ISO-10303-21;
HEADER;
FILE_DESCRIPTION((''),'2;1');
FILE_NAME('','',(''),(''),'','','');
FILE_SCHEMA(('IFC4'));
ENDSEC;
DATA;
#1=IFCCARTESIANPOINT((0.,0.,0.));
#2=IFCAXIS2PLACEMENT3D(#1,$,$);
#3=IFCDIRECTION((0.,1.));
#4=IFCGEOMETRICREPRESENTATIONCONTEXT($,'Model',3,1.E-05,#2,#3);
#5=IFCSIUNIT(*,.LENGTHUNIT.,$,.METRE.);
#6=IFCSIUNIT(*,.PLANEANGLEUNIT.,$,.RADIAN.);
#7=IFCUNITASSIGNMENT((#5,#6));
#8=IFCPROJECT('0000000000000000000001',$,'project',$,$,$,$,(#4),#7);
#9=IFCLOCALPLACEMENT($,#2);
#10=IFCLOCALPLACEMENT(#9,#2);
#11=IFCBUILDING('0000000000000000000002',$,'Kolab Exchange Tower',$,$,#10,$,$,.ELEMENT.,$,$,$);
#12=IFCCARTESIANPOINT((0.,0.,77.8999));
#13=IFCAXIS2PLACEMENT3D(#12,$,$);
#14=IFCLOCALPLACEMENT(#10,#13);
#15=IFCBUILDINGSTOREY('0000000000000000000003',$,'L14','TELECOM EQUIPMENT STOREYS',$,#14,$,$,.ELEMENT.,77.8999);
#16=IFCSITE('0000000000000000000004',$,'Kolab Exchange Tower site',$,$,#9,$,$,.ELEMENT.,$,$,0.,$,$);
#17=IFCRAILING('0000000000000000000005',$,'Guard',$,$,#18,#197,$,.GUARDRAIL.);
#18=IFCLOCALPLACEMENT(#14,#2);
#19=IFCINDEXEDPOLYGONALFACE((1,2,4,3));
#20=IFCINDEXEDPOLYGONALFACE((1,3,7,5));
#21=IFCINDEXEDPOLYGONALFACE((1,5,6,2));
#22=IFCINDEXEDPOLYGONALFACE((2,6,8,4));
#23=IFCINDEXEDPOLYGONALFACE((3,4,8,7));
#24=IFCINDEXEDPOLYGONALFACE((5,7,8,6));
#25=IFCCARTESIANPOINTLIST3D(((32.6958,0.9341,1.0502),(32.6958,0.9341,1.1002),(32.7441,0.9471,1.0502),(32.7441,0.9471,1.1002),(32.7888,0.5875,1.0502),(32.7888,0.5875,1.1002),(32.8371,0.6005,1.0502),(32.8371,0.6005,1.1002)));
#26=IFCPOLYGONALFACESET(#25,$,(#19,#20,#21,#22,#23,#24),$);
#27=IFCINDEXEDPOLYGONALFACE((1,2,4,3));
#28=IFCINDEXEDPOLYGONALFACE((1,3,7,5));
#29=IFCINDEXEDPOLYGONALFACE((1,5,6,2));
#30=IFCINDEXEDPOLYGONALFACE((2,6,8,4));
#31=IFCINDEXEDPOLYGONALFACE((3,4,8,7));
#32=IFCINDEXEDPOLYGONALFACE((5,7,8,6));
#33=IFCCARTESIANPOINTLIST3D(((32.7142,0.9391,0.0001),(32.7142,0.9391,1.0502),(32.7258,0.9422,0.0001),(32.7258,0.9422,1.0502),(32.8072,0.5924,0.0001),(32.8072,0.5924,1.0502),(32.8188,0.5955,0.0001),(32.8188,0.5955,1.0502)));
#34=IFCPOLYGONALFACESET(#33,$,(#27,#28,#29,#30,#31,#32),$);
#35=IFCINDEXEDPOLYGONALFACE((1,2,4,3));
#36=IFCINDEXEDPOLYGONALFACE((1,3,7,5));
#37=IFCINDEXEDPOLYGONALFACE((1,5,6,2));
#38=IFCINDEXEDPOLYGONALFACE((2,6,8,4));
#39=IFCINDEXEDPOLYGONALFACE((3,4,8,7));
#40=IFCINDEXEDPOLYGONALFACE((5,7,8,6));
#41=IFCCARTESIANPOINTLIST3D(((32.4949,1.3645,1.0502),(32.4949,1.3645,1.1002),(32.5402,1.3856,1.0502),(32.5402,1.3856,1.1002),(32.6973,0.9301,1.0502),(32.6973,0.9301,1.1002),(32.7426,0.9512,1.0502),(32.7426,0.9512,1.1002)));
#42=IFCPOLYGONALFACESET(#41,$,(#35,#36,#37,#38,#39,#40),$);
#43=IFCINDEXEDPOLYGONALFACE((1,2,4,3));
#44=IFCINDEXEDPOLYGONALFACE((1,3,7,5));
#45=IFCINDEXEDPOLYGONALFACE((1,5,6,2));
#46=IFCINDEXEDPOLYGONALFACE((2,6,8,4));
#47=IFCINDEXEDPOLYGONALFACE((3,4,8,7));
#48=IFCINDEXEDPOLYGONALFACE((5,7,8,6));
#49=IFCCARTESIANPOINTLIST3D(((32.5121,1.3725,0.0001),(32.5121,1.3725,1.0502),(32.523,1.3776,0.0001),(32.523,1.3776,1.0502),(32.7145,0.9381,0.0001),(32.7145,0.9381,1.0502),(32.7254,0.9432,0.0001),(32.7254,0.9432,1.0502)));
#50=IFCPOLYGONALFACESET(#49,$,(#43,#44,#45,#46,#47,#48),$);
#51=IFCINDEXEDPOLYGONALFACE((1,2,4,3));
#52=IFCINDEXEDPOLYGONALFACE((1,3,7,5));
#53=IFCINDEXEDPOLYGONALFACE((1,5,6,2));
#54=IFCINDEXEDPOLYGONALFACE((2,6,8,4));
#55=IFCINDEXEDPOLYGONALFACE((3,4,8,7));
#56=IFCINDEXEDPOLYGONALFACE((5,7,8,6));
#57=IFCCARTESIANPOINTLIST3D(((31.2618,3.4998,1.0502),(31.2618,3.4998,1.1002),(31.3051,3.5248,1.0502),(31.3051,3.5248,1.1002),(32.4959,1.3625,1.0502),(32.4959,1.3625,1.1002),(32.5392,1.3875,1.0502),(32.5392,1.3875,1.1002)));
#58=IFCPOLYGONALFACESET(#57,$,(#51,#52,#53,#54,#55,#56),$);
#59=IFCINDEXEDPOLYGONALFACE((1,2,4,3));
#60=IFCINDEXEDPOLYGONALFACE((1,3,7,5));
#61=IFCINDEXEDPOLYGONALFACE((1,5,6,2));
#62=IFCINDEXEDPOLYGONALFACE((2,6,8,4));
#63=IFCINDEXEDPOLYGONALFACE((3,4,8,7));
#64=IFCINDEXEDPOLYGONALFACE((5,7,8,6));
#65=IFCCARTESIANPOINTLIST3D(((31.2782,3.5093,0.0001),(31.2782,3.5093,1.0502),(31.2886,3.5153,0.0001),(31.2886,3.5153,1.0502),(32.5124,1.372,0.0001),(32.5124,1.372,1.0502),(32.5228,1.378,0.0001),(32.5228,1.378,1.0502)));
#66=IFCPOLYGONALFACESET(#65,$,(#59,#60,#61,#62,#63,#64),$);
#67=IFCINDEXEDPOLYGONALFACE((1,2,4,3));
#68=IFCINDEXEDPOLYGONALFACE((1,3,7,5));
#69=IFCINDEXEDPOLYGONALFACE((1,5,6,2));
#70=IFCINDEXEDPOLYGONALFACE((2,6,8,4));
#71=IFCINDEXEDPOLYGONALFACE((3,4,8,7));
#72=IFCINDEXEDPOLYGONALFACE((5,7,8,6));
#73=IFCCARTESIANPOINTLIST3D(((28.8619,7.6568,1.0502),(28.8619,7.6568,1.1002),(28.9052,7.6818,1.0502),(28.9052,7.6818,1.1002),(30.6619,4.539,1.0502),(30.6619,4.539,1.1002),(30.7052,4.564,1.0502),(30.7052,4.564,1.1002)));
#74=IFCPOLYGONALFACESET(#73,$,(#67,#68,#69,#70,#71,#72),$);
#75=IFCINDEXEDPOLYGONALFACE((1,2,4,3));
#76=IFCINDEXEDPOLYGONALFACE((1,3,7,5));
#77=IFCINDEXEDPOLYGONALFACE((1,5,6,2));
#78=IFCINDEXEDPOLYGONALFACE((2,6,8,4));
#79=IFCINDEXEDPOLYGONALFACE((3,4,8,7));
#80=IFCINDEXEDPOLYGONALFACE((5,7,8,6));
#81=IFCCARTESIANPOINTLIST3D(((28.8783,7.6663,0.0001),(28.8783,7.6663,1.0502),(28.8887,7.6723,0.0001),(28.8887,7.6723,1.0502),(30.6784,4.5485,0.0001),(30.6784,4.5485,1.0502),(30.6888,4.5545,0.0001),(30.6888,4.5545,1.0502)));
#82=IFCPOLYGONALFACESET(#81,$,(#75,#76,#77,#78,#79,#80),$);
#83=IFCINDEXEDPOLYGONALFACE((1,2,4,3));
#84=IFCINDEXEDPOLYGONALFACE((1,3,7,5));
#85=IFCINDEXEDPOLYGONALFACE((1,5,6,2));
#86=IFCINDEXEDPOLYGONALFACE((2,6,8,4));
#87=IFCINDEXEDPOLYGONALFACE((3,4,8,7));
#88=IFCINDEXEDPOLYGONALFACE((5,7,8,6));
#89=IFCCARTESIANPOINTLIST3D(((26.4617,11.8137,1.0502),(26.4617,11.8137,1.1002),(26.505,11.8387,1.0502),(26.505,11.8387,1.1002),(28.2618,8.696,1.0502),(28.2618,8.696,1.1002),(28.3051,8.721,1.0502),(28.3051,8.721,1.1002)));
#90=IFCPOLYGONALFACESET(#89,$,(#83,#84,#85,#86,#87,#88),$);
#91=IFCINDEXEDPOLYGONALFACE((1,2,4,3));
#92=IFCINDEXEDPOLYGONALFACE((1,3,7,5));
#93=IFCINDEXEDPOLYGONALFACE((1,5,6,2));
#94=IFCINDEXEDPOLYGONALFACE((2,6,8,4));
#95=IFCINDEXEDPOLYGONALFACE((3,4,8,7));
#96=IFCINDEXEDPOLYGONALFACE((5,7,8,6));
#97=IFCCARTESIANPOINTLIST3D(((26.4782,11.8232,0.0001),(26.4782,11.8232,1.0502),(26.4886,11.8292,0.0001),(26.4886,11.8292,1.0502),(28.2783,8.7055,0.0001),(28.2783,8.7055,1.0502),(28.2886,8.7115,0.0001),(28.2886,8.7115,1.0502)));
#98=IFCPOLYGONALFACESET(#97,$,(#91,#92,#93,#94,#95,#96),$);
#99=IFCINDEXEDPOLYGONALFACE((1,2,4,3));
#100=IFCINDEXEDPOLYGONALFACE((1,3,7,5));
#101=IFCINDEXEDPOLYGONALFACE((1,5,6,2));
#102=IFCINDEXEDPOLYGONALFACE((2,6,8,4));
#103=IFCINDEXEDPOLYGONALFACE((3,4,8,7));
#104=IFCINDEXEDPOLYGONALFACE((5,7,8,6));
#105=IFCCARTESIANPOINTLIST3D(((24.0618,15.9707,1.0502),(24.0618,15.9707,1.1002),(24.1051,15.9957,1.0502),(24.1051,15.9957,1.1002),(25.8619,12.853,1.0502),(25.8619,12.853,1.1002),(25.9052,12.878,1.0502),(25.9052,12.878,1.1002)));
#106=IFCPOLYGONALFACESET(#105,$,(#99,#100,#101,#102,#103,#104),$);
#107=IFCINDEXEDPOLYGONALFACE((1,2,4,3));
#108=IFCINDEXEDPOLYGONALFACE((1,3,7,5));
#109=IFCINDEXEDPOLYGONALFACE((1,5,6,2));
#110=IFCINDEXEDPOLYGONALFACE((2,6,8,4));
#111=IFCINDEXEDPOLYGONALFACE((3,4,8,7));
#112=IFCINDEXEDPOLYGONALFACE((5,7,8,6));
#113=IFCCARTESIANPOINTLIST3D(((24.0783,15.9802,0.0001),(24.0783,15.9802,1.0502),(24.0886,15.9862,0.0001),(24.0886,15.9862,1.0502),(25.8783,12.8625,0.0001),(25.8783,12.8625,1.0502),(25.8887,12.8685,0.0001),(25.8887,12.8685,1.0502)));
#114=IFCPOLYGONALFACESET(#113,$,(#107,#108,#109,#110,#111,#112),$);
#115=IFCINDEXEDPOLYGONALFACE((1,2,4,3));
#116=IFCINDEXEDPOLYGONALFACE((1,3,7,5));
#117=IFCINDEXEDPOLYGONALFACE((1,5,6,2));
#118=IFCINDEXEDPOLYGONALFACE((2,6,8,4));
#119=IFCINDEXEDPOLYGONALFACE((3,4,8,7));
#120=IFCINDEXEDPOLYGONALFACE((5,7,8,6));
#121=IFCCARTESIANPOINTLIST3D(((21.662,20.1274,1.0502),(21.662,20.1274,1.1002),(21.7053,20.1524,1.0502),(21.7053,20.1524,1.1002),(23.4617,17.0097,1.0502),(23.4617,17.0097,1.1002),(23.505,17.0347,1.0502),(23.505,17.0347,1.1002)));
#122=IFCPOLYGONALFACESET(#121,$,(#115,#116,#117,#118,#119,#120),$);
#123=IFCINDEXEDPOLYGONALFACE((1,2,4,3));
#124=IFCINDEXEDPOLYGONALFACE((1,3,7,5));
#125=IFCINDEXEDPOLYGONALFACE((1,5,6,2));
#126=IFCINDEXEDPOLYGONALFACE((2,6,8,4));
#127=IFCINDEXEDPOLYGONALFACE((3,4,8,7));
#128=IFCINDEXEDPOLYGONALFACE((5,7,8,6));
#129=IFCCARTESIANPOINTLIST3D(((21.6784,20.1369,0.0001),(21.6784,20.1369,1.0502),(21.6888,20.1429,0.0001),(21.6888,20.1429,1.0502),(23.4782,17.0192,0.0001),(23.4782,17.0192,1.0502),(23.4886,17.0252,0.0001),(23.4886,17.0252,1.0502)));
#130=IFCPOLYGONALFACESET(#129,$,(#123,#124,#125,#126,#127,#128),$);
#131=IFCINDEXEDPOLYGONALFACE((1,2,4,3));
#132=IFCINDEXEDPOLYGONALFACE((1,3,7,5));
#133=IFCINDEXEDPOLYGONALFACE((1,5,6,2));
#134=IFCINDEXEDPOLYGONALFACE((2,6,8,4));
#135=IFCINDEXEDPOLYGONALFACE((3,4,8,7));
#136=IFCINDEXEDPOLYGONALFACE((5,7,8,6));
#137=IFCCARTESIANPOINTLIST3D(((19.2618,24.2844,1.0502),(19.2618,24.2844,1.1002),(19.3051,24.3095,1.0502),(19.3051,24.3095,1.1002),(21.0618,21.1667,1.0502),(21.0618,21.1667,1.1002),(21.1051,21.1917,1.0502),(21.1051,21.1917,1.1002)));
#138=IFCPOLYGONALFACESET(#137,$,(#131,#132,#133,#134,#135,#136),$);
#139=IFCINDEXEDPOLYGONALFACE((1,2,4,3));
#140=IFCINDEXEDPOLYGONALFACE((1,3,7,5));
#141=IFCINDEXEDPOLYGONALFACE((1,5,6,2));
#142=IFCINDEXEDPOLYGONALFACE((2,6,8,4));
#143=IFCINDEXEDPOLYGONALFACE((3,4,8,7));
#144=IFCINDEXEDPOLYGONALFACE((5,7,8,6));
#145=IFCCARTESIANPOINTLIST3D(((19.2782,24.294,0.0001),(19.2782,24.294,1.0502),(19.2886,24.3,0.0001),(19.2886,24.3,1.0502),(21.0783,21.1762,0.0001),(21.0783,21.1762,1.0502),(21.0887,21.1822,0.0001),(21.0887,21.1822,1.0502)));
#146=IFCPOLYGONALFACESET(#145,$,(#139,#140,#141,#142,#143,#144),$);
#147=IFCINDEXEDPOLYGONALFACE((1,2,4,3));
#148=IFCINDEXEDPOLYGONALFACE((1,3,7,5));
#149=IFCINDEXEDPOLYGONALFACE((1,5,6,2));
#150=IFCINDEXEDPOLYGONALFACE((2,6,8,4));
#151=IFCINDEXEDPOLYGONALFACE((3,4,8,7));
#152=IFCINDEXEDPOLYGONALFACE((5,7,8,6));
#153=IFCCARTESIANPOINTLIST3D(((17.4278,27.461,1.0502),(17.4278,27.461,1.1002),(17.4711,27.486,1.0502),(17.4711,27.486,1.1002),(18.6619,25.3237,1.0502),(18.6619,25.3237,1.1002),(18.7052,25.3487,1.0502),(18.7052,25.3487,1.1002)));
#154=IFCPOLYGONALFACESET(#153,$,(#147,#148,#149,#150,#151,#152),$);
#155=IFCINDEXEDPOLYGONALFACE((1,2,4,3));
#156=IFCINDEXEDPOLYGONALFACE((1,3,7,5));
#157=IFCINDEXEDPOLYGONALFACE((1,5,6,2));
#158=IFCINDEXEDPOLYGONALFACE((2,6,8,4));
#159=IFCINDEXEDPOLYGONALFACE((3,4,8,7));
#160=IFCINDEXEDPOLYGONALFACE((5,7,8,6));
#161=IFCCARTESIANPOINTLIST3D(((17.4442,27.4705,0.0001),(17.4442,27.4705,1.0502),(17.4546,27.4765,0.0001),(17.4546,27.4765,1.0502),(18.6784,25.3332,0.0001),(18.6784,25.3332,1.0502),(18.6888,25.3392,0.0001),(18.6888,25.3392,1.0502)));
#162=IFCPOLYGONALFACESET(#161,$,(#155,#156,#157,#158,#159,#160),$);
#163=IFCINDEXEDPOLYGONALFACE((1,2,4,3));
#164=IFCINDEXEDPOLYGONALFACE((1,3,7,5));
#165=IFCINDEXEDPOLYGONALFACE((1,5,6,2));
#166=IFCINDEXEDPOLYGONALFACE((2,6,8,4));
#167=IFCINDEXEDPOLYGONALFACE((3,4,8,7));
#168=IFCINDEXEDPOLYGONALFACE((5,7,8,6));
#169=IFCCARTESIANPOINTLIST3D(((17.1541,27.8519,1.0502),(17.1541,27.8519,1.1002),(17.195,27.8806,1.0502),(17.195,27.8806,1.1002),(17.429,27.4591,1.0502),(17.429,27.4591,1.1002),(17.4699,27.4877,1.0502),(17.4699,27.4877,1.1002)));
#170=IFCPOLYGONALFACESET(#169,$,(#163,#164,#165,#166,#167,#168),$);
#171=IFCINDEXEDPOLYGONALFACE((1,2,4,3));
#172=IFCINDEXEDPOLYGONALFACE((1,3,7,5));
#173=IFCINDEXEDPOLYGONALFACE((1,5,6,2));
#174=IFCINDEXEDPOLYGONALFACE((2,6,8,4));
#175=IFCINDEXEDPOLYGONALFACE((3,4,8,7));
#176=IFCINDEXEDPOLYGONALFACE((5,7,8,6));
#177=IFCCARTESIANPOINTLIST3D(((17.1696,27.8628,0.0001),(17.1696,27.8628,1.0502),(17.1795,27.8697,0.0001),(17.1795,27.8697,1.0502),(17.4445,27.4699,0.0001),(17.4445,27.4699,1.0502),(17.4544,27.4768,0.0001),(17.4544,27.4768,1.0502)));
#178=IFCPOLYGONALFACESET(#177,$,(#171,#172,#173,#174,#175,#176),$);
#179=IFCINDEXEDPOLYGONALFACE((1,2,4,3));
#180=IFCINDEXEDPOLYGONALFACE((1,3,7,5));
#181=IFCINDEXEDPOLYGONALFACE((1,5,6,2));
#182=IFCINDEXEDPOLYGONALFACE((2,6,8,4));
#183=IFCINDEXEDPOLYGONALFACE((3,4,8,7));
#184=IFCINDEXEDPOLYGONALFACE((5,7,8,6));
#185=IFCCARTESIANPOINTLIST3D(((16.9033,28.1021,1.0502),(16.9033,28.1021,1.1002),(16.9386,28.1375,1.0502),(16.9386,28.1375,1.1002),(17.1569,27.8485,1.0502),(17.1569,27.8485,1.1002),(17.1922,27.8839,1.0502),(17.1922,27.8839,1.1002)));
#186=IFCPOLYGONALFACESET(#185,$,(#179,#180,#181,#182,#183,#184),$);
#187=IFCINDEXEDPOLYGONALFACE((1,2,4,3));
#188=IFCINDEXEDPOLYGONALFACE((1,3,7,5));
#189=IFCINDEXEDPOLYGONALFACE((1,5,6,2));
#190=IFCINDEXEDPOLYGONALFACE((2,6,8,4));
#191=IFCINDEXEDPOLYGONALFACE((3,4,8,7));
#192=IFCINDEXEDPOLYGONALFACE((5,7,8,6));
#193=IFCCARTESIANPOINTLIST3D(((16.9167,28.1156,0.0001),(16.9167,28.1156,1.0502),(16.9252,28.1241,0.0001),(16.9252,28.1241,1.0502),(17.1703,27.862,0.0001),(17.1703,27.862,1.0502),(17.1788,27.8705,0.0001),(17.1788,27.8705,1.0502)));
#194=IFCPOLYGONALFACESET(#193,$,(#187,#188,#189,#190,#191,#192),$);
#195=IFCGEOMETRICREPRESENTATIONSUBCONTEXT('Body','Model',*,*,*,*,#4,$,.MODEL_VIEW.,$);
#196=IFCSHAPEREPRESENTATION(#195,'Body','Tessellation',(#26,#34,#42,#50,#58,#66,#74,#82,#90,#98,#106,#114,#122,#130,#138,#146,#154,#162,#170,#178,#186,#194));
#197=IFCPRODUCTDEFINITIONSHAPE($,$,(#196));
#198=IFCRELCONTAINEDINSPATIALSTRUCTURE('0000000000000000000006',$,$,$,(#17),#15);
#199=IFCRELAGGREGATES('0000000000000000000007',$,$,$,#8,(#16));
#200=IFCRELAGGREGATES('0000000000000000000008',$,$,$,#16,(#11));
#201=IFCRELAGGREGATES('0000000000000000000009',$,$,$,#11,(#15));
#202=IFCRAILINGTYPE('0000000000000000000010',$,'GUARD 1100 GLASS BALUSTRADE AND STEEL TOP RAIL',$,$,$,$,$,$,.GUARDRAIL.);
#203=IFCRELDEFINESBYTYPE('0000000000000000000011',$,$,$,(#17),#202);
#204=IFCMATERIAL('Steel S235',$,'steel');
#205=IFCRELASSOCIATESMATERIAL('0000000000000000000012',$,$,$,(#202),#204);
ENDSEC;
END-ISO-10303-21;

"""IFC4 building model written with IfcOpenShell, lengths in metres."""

from ifc_helpers import new_model, si_unit, direction, frame, frame_2d, origin, origin_2d, place, context, subcontext, project, spatial, rectangle, extrude, material, type_object, element, save


model = new_model("IFC4")

# Units and contexts
model_context = context("Model", 3, precision=1e-05, world=origin(), true_north=direction((0.0, 1.0)))
body_context = subcontext(model_context, "Body", "Model", "MODEL_VIEW")
ifc_project = project(units=[si_unit("LENGTHUNIT", "METRE"), si_unit("PLANEANGLEUNIT", "RADIAN")], contexts=[model_context])

# Site, building, storey
site_placement = place(None, origin())
site = spatial("IfcSite", under=ifc_project, at=site_placement, Name="Kolab Exchange Tower site", CompositionType="ELEMENT", RefElevation=0.0)
building_placement = place(site_placement, origin())
building = spatial("IfcBuilding", under=site, at=building_placement, Name="Kolab Exchange Tower", CompositionType="ELEMENT")
storey_placement = place(building_placement, frame((0.0, 0.0, 77.8999)))
storey = spatial("IfcBuildingStorey", under=building, at=storey_placement, Name="L14", Description="TELECOM EQUIPMENT STOREYS", CompositionType="ELEMENT", Elevation=77.8999)

# Railing
ifc_material_1 = material(Name="Steel S235", Category="steel")
railing_type = type_object("IfcRailingType", Name="GUARD 1100 GLASS BALUSTRADE AND STEEL TOP RAIL", PredefinedType="GUARDRAIL", material=ifc_material_1)
railing_placement = place(storey_placement, frame((32.813, 0.594, 0.0)))
element("IfcRailing", 1, at=railing_placement, inside=storey, type_object=railing_type, Name="Guard", PredefinedType="GUARDRAIL", context=body_context, shape_type="SweptSolid", body=[
    extrude(rectangle(XDim=0.05, YDim=0.05, at=origin_2d()), frame((0.0, 0.0, 1.0752), z_axis=(-0.259144, 0.965839, 0.0), x_axis=(-0.965839, -0.259144, 0.0)), (0.0, 0.0, 1.0), 0.3589),
    extrude(rectangle(XDim=0.012, YDim=1.0501, at=frame_2d((0.0, 0.5251))), frame((0.0, 0.0, 0.0), z_axis=(-0.259144, 0.965839, 0.0), x_axis=(-0.965839, -0.259144, 0.0)), (0.0, 0.0, 1.0), 0.3589),
    extrude(rectangle(XDim=0.05, YDim=0.05, at=origin_2d()), frame((-0.093, 0.3467, 1.0752), z_axis=(-0.422383, 0.906417, 0.0), x_axis=(-0.906417, -0.422383, 0.0)), (0.0, 0.0, 1.0), 0.4792),
    extrude(rectangle(XDim=0.012, YDim=1.0501, at=frame_2d((0.0, 0.5251))), frame((-0.093, 0.3467, 0.0), z_axis=(-0.422383, 0.906417, 0.0), x_axis=(-0.906417, -0.422383, 0.0)), (0.0, 0.0, 1.0), 0.4792),
    extrude(rectangle(XDim=0.05, YDim=0.05, at=origin_2d()), frame((-0.2954, 0.781, 1.0752), z_axis=(-0.500065, 0.865988, 0.0), x_axis=(-0.865988, -0.500065, 0.0)), (0.0, 0.0, 1.0), 2.468),
    extrude(rectangle(XDim=0.012, YDim=1.0501, at=frame_2d((0.0, 0.5251))), frame((-0.2954, 0.781, 0.0), z_axis=(-0.500065, 0.865988, 0.0), x_axis=(-0.865988, -0.500065, 0.0)), (0.0, 0.0, 1.0), 2.468),
    extrude(rectangle(XDim=0.05, YDim=0.05, at=origin_2d()), frame((-2.1294, 3.9575, 1.0752), z_axis=(-0.500012, 0.866018, 0.0), x_axis=(-0.866018, -0.500012, 0.0)), (0.0, 0.0, 1.0), 3.6001),
    extrude(rectangle(XDim=0.012, YDim=1.0501, at=frame_2d((0.0, 0.5251))), frame((-2.1294, 3.9575, 0.0), z_axis=(-0.500012, 0.866018, 0.0), x_axis=(-0.866018, -0.500012, 0.0)), (0.0, 0.0, 1.0), 3.6001),
    extrude(rectangle(XDim=0.05, YDim=0.05, at=origin_2d()), frame((-4.5295, 8.1145, 1.0752), z_axis=(-0.500012, 0.866018, 0.0), x_axis=(-0.866018, -0.500012, 0.0)), (0.0, 0.0, 1.0), 3.6001),
    extrude(rectangle(XDim=0.012, YDim=1.0501, at=frame_2d((0.0, 0.5251))), frame((-4.5295, 8.1145, 0.0), z_axis=(-0.500012, 0.866018, 0.0), x_axis=(-0.866018, -0.500012, 0.0)), (0.0, 0.0, 1.0), 3.6001),
    extrude(rectangle(XDim=0.05, YDim=0.05, at=origin_2d()), frame((-6.9294, 12.2715, 1.0752), z_axis=(-0.500012, 0.866018, 0.0), x_axis=(-0.866018, -0.500012, 0.0)), (0.0, 0.0, 1.0), 3.6001),
    extrude(rectangle(XDim=0.012, YDim=1.0501, at=frame_2d((0.0, 0.5251))), frame((-6.9294, 12.2715, 0.0), z_axis=(-0.500012, 0.866018, 0.0), x_axis=(-0.866018, -0.500012, 0.0)), (0.0, 0.0, 1.0), 3.6001),
    extrude(rectangle(XDim=0.05, YDim=0.05, at=origin_2d()), frame((-9.3296, 16.4282, 1.0752), z_axis=(-0.499961, 0.866048, 0.0), x_axis=(-0.866048, -0.499961, 0.0)), (0.0, 0.0, 1.0), 3.5999),
    extrude(rectangle(XDim=0.012, YDim=1.0501, at=frame_2d((0.0, 0.5251))), frame((-9.3296, 16.4282, 0.0), z_axis=(-0.499961, 0.866048, 0.0), x_axis=(-0.866048, -0.499961, 0.0)), (0.0, 0.0, 1.0), 3.5999),
    extrude(rectangle(XDim=0.05, YDim=0.05, at=origin_2d()), frame((-11.7295, 20.5852, 1.0752), z_axis=(-0.500012, 0.866018, 0.0), x_axis=(-0.866018, -0.500012, 0.0)), (0.0, 0.0, 1.0), 3.6001),
    extrude(rectangle(XDim=0.012, YDim=1.0501, at=frame_2d((0.0, 0.5251))), frame((-11.7295, 20.5852, 0.0), z_axis=(-0.500012, 0.866018, 0.0), x_axis=(-0.866018, -0.500012, 0.0)), (0.0, 0.0, 1.0), 3.6001),
    extrude(rectangle(XDim=0.05, YDim=0.05, at=origin_2d()), frame((-14.1294, 24.7422, 1.0752), z_axis=(-0.500065, 0.865988, 0.0), x_axis=(-0.865988, -0.500065, 0.0)), (0.0, 0.0, 1.0), 2.468),
    extrude(rectangle(XDim=0.012, YDim=1.0501, at=frame_2d((0.0, 0.5251))), frame((-14.1294, 24.7422, 0.0), z_axis=(-0.500065, 0.865988, 0.0), x_axis=(-0.865988, -0.500065, 0.0)), (0.0, 0.0, 1.0), 2.468),
    extrude(rectangle(XDim=0.05, YDim=0.05, at=origin_2d()), frame((-15.3635, 26.8794, 1.0752), z_axis=(-0.57336, 0.819304, 0.0), x_axis=(-0.819304, -0.57336, 0.0)), (0.0, 0.0, 1.0), 0.4795),
    extrude(rectangle(XDim=0.012, YDim=1.0501, at=frame_2d((0.0, 0.5251))), frame((-15.3635, 26.8794, 0.0), z_axis=(-0.57336, 0.819304, 0.0), x_axis=(-0.819304, -0.57336, 0.0)), (0.0, 0.0, 1.0), 0.4795),
    extrude(rectangle(XDim=0.05, YDim=0.05, at=origin_2d()), frame((-15.6384, 27.2722, 1.0752), z_axis=(-0.707107, 0.707107, 0.0), x_axis=(-0.707107, -0.707107, 0.0)), (0.0, 0.0, 1.0), 0.3586),
    extrude(rectangle(XDim=0.012, YDim=1.0501, at=frame_2d((0.0, 0.5251))), frame((-15.6384, 27.2722, 0.0), z_axis=(-0.707107, 0.707107, 0.0), x_axis=(-0.707107, -0.707107, 0.0)), (0.0, 0.0, 1.0), 0.3586),
])

save(model, "model.ifc")
